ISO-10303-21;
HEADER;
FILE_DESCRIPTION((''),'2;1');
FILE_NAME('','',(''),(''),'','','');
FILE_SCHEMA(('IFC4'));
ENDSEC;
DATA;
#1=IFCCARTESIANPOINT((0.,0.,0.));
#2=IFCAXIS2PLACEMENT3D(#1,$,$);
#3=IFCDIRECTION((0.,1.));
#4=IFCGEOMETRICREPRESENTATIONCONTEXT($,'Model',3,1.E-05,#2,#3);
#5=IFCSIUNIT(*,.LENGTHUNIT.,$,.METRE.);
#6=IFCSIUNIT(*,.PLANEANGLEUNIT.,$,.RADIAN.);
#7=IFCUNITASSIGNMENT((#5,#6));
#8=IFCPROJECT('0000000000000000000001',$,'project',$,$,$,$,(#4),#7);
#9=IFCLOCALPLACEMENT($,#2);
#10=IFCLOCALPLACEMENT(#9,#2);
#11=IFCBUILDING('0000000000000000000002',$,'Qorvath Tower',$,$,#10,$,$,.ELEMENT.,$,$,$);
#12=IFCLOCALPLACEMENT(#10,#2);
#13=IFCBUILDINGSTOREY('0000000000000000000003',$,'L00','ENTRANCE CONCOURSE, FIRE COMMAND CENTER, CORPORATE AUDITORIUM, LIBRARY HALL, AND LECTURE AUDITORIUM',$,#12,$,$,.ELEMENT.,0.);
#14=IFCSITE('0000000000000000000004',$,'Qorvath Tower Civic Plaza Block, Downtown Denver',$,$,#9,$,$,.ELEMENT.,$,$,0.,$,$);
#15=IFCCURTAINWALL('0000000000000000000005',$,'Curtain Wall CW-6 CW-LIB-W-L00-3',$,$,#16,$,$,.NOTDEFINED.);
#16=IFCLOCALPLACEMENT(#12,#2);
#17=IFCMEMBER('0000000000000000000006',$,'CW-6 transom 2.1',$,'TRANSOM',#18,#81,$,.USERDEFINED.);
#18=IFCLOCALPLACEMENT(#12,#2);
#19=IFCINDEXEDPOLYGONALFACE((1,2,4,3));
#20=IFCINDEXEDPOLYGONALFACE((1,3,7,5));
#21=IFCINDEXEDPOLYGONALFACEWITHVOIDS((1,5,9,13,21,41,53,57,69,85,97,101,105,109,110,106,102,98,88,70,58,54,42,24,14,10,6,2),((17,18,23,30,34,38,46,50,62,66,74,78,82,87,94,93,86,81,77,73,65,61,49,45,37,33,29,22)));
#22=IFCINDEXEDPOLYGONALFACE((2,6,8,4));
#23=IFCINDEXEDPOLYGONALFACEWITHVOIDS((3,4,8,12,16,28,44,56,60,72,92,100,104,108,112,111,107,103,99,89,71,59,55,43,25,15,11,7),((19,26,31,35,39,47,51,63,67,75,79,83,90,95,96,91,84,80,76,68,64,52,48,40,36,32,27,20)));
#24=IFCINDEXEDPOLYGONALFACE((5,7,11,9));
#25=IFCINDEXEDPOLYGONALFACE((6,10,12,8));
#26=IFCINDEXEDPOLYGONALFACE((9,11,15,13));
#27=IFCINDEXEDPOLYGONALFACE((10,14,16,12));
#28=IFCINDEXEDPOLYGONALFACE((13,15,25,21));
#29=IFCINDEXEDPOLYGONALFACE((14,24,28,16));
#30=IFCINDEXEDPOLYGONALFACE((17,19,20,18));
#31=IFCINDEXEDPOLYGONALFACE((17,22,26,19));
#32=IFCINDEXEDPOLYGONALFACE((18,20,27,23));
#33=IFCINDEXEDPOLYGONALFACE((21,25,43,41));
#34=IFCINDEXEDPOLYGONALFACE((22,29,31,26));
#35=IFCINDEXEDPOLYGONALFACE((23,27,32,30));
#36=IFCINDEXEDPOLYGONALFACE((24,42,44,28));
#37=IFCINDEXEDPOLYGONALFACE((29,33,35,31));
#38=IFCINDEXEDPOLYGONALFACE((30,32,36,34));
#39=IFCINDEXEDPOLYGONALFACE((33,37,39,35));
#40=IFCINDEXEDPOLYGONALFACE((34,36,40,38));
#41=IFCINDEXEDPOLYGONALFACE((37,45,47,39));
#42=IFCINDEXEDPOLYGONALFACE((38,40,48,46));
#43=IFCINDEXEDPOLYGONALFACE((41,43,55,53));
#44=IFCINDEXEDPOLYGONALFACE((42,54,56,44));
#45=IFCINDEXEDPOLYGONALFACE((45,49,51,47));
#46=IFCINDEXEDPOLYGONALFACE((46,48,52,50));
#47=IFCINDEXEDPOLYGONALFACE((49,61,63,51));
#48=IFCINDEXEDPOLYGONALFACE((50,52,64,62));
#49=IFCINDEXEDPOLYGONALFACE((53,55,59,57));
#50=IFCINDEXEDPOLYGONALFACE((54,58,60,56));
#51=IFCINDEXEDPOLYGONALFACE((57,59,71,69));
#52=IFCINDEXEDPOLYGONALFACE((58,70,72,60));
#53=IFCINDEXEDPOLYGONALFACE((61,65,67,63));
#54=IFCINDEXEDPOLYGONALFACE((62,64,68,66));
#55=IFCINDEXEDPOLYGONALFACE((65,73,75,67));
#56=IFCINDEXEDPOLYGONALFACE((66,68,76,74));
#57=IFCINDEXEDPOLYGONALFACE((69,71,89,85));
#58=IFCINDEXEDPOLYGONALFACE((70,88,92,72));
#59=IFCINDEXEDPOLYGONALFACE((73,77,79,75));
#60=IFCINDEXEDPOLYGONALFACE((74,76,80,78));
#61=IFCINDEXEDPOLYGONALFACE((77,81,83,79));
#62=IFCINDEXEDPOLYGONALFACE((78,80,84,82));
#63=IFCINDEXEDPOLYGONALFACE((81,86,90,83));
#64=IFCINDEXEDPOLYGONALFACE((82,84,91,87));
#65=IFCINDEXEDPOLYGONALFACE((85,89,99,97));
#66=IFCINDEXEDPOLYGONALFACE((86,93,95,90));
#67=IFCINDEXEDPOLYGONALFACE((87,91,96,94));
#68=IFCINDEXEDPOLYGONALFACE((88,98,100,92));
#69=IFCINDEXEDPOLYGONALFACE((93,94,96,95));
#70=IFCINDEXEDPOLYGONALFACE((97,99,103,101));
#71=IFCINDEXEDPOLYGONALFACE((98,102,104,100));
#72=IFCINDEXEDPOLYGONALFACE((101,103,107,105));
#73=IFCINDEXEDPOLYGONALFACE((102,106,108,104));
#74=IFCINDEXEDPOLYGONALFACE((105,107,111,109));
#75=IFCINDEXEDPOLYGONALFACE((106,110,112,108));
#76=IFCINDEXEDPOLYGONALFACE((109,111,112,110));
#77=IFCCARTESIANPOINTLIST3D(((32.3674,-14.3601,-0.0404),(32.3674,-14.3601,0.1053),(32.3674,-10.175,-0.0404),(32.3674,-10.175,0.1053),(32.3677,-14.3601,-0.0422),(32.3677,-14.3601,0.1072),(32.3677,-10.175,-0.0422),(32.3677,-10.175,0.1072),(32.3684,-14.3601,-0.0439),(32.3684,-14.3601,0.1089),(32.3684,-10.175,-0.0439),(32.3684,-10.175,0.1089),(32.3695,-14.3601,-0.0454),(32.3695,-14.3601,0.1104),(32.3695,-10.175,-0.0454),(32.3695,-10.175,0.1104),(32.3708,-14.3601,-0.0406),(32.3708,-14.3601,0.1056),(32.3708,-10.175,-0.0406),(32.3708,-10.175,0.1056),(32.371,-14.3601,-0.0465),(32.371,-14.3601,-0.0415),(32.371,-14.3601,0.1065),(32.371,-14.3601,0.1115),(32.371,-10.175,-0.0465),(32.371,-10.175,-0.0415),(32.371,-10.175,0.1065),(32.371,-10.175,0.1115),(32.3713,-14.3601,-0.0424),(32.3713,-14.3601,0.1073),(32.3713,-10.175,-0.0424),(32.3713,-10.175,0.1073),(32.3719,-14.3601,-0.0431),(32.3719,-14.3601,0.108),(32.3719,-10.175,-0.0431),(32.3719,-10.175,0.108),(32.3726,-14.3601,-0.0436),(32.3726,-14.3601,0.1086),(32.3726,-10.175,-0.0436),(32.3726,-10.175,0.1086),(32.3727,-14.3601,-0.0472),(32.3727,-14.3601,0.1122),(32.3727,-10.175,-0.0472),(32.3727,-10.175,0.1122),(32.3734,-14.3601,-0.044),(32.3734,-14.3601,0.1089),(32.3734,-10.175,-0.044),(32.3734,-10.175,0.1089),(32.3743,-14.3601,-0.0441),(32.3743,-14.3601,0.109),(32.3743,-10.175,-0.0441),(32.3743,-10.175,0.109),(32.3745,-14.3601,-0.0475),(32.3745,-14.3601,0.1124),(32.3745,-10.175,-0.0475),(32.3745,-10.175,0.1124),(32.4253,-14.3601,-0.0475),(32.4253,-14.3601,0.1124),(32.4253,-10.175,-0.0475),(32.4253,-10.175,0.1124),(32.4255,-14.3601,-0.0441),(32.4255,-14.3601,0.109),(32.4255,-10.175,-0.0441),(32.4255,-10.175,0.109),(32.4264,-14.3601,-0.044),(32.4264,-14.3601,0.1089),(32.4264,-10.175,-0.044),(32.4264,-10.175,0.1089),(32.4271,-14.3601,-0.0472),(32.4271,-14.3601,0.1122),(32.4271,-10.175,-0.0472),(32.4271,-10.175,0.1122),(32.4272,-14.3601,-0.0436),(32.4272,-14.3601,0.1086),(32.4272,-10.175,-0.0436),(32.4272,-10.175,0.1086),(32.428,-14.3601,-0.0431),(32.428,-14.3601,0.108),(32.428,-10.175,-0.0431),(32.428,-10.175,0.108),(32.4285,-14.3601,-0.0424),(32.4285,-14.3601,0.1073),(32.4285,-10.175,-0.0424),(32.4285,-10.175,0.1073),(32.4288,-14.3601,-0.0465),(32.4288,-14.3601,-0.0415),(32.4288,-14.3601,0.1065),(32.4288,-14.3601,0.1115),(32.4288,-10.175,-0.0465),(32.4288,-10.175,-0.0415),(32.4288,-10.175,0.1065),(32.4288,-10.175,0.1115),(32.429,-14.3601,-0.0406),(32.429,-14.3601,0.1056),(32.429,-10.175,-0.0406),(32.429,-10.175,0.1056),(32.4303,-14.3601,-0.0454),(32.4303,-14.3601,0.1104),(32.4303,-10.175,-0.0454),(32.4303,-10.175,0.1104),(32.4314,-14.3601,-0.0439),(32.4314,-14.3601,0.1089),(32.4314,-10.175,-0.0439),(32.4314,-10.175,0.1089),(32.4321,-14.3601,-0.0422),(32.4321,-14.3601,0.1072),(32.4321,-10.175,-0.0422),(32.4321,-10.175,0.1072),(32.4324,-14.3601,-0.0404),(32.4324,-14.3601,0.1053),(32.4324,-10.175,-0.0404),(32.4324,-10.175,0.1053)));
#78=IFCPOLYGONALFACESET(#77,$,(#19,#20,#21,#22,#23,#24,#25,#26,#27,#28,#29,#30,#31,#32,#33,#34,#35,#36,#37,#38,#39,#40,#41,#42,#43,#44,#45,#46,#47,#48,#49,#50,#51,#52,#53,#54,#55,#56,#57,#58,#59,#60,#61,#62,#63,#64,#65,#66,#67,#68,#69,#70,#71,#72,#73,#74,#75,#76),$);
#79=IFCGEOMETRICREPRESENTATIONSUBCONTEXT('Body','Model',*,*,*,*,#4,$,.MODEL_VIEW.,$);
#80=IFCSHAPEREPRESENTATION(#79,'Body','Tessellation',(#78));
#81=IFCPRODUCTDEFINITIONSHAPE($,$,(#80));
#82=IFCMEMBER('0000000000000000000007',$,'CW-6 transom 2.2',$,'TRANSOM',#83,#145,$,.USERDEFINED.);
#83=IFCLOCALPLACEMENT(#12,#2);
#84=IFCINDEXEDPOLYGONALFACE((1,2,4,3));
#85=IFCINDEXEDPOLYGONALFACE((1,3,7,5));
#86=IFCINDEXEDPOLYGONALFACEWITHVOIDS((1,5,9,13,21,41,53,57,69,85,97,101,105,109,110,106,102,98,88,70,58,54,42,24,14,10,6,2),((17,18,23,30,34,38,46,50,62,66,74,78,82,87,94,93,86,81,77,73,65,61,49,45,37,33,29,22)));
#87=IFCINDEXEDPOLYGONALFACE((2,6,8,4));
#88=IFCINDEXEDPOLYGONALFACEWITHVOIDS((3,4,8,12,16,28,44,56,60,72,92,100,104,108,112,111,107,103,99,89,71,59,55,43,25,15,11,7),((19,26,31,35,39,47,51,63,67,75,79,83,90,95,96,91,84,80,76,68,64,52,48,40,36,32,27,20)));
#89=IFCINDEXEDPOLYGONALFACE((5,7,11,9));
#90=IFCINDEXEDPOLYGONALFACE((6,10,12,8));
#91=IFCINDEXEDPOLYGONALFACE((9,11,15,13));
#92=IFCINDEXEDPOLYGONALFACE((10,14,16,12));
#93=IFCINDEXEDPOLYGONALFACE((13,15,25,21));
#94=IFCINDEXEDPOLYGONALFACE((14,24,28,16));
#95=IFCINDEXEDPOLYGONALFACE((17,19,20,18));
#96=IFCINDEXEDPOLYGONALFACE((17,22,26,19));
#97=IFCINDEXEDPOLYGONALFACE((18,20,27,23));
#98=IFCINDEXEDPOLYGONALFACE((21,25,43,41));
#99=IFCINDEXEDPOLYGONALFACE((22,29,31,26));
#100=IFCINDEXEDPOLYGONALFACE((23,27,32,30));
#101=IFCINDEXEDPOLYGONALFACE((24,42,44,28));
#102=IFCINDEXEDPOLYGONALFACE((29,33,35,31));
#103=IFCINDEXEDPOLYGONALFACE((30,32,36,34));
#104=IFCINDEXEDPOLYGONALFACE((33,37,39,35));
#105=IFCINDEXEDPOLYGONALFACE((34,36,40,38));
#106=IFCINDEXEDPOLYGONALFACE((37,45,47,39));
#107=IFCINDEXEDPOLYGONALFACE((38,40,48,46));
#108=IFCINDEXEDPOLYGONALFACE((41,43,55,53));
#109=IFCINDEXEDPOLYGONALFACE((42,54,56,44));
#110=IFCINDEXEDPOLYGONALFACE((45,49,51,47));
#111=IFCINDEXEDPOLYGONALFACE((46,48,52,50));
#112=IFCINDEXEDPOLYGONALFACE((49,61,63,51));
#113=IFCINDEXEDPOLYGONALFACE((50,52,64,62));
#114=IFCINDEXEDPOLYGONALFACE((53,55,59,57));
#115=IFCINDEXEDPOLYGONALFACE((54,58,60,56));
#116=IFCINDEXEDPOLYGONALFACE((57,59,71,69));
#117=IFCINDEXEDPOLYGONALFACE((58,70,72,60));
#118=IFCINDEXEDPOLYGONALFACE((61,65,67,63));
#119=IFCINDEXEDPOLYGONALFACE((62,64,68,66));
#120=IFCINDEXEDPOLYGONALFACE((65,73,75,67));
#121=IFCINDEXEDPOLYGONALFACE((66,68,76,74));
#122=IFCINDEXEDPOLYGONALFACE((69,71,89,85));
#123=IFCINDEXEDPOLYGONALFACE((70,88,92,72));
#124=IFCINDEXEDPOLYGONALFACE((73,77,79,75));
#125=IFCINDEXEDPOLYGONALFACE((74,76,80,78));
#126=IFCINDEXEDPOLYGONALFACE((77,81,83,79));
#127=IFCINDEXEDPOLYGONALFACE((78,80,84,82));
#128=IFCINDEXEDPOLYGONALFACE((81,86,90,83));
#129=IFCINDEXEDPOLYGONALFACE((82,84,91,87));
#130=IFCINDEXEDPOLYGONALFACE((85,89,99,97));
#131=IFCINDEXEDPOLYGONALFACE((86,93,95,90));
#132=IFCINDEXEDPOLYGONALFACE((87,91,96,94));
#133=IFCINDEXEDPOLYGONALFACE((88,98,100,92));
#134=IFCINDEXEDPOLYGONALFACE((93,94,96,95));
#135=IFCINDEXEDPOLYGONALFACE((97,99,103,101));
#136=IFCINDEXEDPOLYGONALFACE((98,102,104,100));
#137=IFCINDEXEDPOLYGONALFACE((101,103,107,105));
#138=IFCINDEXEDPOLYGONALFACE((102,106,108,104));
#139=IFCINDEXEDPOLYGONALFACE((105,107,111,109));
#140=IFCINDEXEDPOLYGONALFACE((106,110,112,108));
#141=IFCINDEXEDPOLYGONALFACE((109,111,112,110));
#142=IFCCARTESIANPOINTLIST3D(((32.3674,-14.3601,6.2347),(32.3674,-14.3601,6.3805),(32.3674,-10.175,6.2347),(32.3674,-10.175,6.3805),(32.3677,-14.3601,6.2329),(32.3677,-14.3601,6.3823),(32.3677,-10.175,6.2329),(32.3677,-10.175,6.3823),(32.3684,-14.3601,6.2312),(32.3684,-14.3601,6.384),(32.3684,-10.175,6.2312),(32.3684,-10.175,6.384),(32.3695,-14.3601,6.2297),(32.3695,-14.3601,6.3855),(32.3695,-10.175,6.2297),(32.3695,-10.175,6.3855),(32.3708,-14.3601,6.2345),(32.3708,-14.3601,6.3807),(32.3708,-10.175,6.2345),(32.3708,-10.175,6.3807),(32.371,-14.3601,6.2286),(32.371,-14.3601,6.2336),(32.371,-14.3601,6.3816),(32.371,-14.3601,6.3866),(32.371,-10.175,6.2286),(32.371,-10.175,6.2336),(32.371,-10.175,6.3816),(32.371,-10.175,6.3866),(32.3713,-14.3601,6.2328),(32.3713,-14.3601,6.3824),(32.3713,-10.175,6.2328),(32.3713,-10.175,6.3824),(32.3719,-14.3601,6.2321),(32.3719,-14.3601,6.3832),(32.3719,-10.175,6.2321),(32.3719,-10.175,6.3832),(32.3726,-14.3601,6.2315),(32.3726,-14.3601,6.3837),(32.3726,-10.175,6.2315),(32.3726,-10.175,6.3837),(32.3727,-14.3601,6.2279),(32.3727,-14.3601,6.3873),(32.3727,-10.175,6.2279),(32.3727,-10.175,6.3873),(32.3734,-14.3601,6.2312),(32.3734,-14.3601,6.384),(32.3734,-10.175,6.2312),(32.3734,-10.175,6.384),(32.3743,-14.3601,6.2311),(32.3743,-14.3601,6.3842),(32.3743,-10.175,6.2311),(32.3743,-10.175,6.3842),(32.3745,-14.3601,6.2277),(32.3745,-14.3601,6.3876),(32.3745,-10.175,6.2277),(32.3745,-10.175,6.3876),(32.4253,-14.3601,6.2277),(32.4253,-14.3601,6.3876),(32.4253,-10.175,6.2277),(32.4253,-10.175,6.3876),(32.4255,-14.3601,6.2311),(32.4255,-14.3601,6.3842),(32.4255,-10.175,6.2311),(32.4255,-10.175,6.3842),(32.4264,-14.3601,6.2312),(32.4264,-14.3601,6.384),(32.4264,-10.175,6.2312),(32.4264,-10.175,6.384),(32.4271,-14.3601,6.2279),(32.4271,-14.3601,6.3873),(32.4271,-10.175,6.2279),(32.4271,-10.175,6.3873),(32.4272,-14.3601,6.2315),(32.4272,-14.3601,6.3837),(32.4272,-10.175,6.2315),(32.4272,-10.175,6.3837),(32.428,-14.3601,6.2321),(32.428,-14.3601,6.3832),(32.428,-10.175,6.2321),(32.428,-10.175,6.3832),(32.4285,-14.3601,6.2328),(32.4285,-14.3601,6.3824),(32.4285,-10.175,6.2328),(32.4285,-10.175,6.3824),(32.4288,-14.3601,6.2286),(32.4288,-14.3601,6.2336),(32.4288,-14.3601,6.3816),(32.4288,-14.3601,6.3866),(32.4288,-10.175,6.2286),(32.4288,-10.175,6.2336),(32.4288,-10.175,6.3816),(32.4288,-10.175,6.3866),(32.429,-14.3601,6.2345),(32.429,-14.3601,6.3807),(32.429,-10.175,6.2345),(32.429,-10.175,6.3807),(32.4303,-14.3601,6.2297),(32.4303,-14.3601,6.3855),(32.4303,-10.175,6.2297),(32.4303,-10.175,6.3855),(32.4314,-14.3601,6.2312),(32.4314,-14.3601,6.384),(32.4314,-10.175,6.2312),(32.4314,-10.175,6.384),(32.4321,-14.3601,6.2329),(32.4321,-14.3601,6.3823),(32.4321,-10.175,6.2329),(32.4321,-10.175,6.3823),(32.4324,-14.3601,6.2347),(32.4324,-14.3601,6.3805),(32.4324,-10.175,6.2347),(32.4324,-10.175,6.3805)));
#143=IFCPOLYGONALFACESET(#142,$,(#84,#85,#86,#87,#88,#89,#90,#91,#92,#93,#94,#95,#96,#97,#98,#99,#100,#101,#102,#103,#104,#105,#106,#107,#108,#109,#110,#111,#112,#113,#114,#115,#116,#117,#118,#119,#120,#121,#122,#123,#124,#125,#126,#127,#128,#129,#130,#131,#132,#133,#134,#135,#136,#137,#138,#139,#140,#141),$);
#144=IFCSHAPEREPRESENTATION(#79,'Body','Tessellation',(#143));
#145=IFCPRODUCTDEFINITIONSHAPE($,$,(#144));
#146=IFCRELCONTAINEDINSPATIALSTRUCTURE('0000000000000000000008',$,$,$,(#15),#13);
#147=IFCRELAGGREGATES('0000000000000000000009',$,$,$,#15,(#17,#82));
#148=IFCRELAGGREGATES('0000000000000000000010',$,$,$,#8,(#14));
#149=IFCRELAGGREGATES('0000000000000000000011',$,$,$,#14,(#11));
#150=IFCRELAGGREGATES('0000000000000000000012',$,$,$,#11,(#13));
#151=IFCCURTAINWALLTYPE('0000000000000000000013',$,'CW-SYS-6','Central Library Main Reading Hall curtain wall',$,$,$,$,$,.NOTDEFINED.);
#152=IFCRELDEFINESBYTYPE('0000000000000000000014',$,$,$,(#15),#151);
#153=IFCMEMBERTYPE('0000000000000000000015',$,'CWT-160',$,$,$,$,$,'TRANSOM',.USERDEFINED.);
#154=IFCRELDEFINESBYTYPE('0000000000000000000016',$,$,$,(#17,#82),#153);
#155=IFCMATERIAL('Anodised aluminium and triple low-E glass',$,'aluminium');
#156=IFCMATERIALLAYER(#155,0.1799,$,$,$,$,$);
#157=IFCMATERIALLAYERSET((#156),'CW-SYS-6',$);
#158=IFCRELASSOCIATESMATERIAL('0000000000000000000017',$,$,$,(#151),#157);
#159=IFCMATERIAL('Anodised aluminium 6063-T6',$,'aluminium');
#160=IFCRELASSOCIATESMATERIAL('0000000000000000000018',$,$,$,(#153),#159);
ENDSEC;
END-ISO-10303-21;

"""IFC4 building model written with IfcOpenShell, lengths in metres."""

from ifc_helpers import new_model, si_unit, direction, frame, origin, origin_2d, place, context, subcontext, project, spatial, hollow_rectangle, extrude, material, layer, layer_set, material_profile, profile_set, type_object, element, aggregate, save


model = new_model("IFC4")

# Units and contexts
model_context = context("Model", 3, precision=1e-05, world=origin(), true_north=direction((0.0, 1.0)))
body_context = subcontext(model_context, "Body", "Model", "MODEL_VIEW")
ifc_project = project(units=[si_unit("LENGTHUNIT", "METRE"), si_unit("PLANEANGLEUNIT", "RADIAN")], contexts=[model_context])

# Site, building, storey
site_placement = place(None, origin())
site = spatial("IfcSite", under=ifc_project, at=site_placement, Name="Qorvath Tower Civic Plaza Block, Downtown Denver", CompositionType="ELEMENT", RefElevation=0.0)
building_placement = place(site_placement, origin())
building = spatial("IfcBuilding", under=site, at=building_placement, Name="Qorvath Tower", CompositionType="ELEMENT")
storey_placement = place(building_placement, origin())
storey = spatial("IfcBuildingStorey", under=building, at=storey_placement, Name="L00", Description="ENTRANCE CONCOURSE, FIRE COMMAND CENTER, CORPORATE AUDITORIUM, LIBRARY HALL, AND LECTURE AUDITORIUM", CompositionType="ELEMENT", Elevation=0.0)

# Curtain wall, members
ifc_material_1 = material(Name="Anodised aluminium and triple low-E glass", Category="aluminium")
ifc_layer_1 = layer(ifc_material_1, 0.1799)
ifc_layer_set_1 = layer_set([ifc_layer_1], Name="CW-SYS-6")
curtain_wall_type = type_object("IfcCurtainWallType", Name="CW-SYS-6", Description="Central Library Main Reading Hall curtain wall", PredefinedType="NOTDEFINED", material=ifc_layer_set_1)
curtain_wall_placement = place(storey_placement, origin())
curtain_wall = element("IfcCurtainWall", 1, at=curtain_wall_placement, inside=storey, type_object=curtain_wall_type, Name="Curtain Wall CW-6 CW-LIB-W-L00-3", PredefinedType="NOTDEFINED")
ifc_material_2 = material(Name="Anodised aluminium 6063-T6", Category="aluminium")
ifc_material_profile_1 = material_profile(ifc_material_2, hollow_rectangle(XDim=0.0649, YDim=0.1599, WallThickness=0.0034, InnerFilletRadius=0.0034, OuterFilletRadius=0.0071, at=origin_2d()), Name="CWT 160x65")
ifc_profile_set_1 = profile_set([ifc_material_profile_1], Name="Anodised aluminium 6063-T6")
member_type_1 = type_object("IfcMemberType", Name="CWT-160", ElementType="TRANSOM", PredefinedType="USERDEFINED", material=ifc_profile_set_1)
member_1_placement = place(storey_placement, frame((32.3999, -14.3601, 0.0325), z_axis=(0.0, 1.0, 0.0), x_axis=(-1.0, 0.0, 0.0)))
member_1 = element("IfcMember", 2, at=member_1_placement, type_object=member_type_1, Name="CW-6 transom 2.1", ObjectType="TRANSOM", PredefinedType="USERDEFINED", context=body_context, shape_type="SweptSolid", body=[
    extrude(hollow_rectangle(XDim=0.0649, YDim=0.1599, WallThickness=0.0034, InnerFilletRadius=0.0034, OuterFilletRadius=0.0071, at=origin_2d()), origin(), (0.0, 0.0, 1.0), 4.1851),
])
member_2_placement = place(storey_placement, frame((32.3999, -14.3601, 6.3076), z_axis=(0.0, 1.0, 0.0), x_axis=(-1.0, 0.0, 0.0)))
member_2 = element("IfcMember", 3, at=member_2_placement, type_object=member_type_1, Name="CW-6 transom 2.2", ObjectType="TRANSOM", PredefinedType="USERDEFINED", context=body_context, shape_type="SweptSolid", body=[
    extrude(hollow_rectangle(XDim=0.0649, YDim=0.1599, WallThickness=0.0034, InnerFilletRadius=0.0034, OuterFilletRadius=0.0071, at=origin_2d()), origin(), (0.0, 0.0, 1.0), 4.1851),
])

aggregate(curtain_wall, [member_1, member_2])

save(model, "model.ifc")
